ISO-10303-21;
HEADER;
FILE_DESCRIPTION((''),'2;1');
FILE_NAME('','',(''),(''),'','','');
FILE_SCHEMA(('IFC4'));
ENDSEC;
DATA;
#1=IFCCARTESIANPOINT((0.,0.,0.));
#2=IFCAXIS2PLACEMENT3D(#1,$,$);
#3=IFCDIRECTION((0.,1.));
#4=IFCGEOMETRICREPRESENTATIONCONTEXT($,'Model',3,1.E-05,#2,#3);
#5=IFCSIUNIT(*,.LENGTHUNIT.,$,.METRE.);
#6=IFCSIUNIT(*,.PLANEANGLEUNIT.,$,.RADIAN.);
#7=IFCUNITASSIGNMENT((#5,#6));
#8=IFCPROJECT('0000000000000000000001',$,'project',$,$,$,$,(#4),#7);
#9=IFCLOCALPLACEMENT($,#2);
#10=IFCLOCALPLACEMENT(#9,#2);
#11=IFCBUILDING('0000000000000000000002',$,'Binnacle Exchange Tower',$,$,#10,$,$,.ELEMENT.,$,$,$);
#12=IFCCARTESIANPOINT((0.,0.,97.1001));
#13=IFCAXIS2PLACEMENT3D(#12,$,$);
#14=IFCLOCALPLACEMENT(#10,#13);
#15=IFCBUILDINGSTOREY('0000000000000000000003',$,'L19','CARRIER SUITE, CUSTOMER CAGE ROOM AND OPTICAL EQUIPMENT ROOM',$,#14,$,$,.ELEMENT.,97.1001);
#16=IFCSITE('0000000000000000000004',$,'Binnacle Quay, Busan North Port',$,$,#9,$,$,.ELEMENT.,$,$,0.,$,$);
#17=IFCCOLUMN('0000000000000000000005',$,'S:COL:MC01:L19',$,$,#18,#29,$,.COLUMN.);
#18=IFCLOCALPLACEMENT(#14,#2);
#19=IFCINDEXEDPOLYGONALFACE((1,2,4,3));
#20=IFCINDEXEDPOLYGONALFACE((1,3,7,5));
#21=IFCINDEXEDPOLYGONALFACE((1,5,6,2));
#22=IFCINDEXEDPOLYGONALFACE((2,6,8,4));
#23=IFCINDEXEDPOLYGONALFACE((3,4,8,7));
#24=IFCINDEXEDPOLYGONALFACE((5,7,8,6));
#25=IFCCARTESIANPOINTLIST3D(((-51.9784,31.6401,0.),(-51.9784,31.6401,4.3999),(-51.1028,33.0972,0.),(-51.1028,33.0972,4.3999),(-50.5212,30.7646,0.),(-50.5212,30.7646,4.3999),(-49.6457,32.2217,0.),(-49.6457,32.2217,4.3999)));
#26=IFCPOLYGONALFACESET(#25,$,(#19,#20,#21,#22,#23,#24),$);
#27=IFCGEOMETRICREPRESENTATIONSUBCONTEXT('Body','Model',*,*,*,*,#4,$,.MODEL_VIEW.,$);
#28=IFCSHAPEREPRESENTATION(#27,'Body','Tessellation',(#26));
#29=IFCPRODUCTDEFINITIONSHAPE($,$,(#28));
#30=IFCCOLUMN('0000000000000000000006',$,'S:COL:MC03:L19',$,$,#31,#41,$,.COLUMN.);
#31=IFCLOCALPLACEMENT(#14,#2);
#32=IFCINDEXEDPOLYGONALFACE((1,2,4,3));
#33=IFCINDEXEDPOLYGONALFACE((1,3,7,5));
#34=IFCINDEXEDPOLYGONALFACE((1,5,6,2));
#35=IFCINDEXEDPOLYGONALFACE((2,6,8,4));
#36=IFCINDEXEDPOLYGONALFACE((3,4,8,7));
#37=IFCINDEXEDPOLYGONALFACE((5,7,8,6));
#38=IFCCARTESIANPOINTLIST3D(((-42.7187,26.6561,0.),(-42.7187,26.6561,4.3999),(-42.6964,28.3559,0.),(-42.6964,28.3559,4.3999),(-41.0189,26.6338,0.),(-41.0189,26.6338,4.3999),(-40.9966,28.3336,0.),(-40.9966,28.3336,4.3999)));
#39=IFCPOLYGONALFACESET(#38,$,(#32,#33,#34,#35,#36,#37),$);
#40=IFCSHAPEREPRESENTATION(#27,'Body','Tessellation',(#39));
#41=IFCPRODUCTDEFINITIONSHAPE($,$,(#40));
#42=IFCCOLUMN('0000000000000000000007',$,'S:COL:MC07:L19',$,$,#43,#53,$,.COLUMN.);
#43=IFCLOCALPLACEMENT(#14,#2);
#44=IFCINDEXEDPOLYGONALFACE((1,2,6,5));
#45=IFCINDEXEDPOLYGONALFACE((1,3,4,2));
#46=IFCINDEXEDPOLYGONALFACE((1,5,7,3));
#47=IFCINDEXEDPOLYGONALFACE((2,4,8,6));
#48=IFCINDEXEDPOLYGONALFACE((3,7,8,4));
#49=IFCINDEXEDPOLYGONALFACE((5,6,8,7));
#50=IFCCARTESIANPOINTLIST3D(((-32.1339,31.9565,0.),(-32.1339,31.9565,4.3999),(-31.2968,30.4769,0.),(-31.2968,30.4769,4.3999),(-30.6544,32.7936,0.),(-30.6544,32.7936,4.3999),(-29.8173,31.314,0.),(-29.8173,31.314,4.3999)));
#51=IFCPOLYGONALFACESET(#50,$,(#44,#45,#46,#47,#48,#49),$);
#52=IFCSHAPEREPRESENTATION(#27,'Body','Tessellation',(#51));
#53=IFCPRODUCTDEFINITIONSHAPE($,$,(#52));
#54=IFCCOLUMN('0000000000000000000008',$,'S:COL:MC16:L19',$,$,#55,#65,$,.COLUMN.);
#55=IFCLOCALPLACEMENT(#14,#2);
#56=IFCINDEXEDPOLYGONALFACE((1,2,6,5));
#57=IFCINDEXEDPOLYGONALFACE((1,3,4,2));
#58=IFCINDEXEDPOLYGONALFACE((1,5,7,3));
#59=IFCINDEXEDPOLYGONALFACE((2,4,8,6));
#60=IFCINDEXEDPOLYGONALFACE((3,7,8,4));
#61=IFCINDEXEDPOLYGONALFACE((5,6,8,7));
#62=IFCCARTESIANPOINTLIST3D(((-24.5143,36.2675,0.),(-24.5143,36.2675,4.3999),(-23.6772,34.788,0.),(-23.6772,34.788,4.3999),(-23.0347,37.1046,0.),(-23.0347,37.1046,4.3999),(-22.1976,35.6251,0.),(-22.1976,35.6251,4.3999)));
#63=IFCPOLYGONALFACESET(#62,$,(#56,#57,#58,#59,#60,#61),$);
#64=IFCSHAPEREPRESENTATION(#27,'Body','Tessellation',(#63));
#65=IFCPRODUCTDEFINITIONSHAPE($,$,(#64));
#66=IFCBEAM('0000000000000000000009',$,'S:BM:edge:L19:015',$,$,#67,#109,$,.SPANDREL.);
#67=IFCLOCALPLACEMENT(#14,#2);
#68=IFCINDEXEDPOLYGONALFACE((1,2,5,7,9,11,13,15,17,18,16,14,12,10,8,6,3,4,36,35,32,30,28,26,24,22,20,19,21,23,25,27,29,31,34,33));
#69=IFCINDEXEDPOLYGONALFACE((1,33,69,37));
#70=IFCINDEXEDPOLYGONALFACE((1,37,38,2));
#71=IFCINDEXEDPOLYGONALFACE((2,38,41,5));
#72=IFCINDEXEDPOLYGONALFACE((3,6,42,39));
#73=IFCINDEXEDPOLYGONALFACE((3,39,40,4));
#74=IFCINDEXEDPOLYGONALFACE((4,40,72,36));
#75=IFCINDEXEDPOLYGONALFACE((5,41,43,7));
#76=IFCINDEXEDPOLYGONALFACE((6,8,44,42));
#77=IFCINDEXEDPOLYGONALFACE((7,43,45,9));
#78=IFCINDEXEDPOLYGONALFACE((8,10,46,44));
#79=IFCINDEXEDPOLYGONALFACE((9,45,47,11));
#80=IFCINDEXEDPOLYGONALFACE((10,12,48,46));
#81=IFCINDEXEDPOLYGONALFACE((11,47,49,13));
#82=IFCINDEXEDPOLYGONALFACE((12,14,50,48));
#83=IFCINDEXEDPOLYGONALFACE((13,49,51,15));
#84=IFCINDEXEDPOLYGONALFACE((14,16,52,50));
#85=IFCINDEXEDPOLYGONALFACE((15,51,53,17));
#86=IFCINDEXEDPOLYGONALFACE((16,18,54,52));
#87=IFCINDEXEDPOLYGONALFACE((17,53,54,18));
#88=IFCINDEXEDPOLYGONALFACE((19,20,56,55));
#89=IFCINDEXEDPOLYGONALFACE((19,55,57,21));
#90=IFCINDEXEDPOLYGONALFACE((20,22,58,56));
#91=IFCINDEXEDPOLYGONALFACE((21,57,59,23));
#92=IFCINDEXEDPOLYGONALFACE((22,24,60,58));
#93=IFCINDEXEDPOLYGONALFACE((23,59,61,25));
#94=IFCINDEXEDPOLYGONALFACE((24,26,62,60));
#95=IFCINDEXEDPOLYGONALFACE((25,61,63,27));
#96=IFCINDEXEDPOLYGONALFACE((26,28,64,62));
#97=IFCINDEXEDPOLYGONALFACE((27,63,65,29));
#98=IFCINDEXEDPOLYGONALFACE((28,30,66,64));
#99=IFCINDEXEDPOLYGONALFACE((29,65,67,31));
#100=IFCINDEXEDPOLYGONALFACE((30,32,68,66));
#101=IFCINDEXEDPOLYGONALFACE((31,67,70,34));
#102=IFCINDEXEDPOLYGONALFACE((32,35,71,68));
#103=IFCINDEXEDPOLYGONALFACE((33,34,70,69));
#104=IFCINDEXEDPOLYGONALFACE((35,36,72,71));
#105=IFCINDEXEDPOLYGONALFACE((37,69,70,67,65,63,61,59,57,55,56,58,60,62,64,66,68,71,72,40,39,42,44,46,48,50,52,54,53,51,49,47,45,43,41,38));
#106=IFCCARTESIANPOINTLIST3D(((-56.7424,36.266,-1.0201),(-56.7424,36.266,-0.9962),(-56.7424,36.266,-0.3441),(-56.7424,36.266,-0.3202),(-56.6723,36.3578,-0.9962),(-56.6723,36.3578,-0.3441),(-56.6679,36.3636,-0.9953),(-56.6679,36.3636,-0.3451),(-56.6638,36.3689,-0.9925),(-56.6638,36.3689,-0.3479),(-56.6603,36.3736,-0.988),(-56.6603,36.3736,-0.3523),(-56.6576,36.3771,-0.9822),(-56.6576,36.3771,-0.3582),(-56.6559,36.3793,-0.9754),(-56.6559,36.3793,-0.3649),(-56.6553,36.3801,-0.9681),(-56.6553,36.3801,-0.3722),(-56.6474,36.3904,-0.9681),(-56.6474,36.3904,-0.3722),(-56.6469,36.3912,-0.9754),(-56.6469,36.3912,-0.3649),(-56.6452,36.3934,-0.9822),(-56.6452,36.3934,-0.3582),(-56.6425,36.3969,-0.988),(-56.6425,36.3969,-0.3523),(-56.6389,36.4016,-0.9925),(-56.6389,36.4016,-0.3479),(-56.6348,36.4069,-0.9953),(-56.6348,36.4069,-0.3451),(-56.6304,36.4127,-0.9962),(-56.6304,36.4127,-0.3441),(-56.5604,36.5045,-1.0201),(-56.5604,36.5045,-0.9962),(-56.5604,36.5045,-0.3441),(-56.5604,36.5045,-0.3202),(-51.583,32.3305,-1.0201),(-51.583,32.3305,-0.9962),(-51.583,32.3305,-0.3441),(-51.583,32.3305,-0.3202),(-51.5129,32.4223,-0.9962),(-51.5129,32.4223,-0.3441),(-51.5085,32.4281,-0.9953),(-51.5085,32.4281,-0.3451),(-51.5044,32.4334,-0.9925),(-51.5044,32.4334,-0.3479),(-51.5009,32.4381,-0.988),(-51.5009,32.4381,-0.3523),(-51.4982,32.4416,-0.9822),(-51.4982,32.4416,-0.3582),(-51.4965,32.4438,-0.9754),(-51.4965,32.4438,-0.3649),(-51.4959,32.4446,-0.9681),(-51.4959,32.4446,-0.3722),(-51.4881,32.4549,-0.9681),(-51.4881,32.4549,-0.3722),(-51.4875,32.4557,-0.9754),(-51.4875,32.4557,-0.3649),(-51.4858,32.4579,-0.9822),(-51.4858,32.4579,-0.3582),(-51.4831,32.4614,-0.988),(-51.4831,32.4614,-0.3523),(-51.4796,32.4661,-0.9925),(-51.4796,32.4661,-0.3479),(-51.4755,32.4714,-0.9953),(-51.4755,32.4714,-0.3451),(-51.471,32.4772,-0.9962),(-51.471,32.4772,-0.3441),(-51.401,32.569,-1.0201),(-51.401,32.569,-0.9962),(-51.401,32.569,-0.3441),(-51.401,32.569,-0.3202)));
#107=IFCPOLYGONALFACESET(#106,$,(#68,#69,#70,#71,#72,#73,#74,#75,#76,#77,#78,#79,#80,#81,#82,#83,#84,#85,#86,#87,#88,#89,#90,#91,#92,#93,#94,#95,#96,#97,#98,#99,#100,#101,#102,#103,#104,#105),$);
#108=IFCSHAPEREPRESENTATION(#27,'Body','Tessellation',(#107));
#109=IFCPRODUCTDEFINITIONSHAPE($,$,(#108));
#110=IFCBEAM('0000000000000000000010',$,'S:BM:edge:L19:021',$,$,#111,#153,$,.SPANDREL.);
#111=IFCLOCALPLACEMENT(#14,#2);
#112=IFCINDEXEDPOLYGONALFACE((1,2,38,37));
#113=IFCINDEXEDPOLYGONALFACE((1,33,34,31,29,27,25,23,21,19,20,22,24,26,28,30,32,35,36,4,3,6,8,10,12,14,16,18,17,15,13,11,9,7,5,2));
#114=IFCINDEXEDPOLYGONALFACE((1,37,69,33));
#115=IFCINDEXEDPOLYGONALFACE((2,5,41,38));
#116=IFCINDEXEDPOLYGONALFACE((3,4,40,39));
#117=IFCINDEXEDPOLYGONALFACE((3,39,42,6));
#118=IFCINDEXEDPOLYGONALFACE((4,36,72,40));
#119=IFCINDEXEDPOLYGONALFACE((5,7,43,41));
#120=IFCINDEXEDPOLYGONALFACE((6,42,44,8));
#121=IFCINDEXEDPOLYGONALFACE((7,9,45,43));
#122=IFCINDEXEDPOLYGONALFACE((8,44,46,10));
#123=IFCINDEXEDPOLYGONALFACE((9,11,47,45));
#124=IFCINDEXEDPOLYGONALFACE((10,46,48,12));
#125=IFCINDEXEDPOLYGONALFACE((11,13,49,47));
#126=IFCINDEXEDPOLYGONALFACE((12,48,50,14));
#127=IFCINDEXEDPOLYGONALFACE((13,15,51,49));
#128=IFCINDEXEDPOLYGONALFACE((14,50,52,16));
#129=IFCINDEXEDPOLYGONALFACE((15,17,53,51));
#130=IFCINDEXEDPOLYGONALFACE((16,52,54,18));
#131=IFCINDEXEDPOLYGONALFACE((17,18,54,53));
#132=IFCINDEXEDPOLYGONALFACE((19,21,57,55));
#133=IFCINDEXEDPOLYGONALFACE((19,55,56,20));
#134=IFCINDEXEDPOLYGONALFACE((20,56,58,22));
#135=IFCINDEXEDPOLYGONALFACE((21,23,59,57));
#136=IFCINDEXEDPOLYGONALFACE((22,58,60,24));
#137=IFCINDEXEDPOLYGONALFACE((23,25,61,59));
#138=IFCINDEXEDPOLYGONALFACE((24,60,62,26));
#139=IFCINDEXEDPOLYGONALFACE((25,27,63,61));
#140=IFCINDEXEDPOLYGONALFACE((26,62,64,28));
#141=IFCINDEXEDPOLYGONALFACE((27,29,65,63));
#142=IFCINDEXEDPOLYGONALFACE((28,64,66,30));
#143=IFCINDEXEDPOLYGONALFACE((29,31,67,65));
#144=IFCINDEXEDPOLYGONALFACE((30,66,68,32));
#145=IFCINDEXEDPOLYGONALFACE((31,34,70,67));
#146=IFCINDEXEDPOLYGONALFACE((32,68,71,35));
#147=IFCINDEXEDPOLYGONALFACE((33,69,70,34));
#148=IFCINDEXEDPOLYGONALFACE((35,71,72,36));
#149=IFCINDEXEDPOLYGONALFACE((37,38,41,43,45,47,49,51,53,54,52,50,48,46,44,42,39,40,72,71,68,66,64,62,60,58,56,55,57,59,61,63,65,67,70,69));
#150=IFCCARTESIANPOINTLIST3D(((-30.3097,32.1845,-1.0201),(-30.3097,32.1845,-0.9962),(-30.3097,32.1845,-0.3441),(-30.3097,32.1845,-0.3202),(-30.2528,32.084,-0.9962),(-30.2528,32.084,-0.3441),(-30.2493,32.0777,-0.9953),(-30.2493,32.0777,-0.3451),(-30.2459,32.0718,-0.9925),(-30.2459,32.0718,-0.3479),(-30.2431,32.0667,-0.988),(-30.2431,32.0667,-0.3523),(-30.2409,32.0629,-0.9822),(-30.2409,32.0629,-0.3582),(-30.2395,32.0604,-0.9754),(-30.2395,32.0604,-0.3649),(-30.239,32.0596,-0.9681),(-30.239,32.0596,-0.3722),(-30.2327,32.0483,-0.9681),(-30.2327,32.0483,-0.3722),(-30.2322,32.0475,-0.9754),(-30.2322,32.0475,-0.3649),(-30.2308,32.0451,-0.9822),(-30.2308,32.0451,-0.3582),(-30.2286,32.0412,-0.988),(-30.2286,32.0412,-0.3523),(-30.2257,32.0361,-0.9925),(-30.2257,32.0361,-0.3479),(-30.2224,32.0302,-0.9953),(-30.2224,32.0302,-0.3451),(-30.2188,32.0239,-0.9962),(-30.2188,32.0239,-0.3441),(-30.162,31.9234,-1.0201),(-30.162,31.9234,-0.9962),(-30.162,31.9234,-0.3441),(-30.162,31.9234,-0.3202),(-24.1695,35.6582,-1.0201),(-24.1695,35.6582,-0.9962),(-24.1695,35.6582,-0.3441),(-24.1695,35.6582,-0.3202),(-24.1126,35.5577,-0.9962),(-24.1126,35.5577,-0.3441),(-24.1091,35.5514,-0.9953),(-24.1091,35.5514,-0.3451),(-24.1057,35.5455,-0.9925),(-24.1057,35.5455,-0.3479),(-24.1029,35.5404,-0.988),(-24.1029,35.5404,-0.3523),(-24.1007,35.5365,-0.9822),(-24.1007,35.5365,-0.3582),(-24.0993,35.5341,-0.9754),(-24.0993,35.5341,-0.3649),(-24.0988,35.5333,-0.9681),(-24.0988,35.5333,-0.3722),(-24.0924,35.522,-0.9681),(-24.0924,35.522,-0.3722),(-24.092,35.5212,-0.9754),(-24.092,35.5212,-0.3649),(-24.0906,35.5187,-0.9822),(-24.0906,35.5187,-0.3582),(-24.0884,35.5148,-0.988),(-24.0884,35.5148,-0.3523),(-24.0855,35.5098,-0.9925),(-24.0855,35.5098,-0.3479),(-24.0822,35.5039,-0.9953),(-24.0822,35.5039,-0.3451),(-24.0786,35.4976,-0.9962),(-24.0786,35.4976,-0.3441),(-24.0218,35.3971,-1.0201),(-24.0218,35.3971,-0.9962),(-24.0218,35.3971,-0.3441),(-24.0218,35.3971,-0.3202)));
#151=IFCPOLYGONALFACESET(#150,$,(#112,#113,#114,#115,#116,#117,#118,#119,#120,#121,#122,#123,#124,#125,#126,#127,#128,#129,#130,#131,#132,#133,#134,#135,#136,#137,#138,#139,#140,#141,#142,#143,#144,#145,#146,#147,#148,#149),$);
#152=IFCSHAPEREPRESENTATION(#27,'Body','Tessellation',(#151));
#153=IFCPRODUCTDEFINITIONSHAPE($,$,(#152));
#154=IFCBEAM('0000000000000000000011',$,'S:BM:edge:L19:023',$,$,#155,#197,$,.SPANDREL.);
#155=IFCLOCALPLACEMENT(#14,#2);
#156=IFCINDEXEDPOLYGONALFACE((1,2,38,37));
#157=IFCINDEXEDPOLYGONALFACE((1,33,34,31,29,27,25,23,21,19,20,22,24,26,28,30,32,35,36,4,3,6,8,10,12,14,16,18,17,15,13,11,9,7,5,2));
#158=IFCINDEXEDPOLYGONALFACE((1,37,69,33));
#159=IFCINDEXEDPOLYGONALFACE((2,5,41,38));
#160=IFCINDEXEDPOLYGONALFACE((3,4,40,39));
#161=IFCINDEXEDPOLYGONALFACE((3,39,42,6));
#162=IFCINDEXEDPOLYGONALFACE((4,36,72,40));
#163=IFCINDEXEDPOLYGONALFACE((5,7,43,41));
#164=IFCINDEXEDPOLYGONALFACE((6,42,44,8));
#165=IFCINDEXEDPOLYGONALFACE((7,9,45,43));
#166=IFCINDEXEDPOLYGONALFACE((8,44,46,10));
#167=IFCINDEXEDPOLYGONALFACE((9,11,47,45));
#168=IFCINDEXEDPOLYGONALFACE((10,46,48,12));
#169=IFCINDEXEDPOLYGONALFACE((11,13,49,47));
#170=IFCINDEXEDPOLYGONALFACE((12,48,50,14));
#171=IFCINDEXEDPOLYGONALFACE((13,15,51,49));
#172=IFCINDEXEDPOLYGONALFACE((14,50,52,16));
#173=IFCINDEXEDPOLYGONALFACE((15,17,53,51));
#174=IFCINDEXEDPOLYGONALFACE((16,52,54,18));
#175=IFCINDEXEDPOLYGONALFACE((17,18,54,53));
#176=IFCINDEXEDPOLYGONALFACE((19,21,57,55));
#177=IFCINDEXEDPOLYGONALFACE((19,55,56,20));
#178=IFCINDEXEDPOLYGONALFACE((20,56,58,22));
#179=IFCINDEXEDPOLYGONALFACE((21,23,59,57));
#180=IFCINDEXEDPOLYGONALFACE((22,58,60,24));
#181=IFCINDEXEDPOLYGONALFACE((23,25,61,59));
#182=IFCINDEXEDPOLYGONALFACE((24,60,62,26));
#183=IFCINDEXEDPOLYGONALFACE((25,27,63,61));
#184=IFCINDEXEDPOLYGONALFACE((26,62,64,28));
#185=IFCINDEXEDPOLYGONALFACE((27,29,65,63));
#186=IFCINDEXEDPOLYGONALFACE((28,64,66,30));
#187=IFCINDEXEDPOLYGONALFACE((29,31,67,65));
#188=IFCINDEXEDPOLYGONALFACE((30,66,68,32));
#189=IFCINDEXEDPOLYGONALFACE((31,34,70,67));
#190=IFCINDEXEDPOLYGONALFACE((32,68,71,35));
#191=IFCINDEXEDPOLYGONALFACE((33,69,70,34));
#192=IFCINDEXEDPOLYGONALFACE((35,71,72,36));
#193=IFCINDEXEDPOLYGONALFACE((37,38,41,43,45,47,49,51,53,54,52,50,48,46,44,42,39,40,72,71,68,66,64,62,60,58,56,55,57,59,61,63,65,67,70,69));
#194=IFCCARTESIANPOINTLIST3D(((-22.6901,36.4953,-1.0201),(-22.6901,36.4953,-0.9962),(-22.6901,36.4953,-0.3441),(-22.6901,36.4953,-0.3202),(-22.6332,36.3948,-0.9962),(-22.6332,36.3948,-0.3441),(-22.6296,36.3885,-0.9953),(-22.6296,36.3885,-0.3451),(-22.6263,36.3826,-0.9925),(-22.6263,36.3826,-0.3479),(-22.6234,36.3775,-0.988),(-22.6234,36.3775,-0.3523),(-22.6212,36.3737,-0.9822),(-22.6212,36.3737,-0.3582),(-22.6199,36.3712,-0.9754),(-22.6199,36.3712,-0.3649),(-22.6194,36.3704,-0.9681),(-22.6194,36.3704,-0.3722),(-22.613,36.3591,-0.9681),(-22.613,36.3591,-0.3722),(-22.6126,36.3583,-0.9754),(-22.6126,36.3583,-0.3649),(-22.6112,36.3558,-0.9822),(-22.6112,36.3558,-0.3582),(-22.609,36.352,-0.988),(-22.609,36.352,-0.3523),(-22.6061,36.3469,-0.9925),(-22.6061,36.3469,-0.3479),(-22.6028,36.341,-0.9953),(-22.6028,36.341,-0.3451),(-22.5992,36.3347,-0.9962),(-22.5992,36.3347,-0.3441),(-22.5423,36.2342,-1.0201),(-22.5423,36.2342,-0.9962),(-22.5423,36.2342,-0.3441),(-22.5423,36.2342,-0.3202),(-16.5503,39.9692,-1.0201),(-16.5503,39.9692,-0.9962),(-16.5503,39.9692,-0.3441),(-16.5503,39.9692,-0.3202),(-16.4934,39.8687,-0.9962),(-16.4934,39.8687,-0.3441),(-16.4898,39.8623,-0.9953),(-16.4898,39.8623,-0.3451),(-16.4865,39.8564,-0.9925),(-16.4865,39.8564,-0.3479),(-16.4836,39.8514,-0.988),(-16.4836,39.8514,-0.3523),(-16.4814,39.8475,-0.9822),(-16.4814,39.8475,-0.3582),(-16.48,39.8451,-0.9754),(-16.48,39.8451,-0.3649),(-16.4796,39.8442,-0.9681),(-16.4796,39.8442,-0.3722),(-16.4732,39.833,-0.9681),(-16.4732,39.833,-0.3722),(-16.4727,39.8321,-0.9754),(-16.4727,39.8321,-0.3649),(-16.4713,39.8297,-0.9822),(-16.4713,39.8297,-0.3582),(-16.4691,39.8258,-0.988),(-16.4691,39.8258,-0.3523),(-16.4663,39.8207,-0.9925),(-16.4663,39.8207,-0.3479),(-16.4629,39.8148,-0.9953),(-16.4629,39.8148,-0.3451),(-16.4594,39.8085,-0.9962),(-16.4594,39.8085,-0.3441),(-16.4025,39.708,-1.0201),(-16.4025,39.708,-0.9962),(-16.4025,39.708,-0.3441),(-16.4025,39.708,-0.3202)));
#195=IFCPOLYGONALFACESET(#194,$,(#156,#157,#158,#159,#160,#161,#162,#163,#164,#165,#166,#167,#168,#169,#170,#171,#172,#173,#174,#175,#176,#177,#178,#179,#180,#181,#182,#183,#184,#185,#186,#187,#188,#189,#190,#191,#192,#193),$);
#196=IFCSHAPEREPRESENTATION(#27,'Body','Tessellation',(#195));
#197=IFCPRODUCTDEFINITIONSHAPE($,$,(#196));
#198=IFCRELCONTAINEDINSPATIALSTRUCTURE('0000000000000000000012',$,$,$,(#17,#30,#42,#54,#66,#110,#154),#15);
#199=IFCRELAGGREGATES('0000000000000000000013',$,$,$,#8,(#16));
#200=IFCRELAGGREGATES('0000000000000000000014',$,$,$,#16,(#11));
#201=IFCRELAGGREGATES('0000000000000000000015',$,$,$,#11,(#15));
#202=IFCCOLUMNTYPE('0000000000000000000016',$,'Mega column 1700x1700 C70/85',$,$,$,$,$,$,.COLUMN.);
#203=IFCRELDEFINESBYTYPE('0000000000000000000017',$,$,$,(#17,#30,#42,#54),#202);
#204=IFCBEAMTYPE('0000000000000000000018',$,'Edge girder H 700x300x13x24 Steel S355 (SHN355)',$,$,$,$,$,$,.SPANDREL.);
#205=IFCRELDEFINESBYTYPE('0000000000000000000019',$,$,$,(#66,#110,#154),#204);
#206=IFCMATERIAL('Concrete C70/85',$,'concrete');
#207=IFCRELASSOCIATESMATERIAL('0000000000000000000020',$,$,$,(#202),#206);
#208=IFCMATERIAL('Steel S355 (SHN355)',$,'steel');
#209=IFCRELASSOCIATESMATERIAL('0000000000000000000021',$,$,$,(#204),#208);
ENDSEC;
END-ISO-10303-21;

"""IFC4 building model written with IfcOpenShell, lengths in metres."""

from ifc_helpers import new_model, si_unit, direction, frame, origin, origin_2d, place, context, subcontext, project, spatial, rectangle, i_section, extrude, material, material_profile, profile_set, type_object, element, save


model = new_model("IFC4")

# Units and contexts
model_context = context("Model", 3, precision=1e-05, world=origin(), true_north=direction((0.0, 1.0)))
body_context = subcontext(model_context, "Body", "Model", "MODEL_VIEW")
ifc_project = project(units=[si_unit("LENGTHUNIT", "METRE"), si_unit("PLANEANGLEUNIT", "RADIAN")], contexts=[model_context])

# Site, building, storey
site_placement = place(None, origin())
site = spatial("IfcSite", under=ifc_project, at=site_placement, Name="Binnacle Quay, Busan North Port", CompositionType="ELEMENT", RefElevation=0.0)
building_placement = place(site_placement, origin())
building = spatial("IfcBuilding", under=site, at=building_placement, Name="Binnacle Exchange Tower", CompositionType="ELEMENT")
storey_placement = place(building_placement, frame((0.0, 0.0, 97.1001)))
storey = spatial("IfcBuildingStorey", under=building, at=storey_placement, Name="L19", Description="CARRIER SUITE, CUSTOMER CAGE ROOM AND OPTICAL EQUIPMENT ROOM", CompositionType="ELEMENT", Elevation=97.1001)

# Columns
ifc_material_1 = material(Name="Concrete C70/85", Category="concrete")
ifc_material_profile_1 = material_profile(ifc_material_1, rectangle(XDim=1.7, YDim=1.7, at=origin_2d()), Name="Mega column 1700x1700 C70/85")
ifc_profile_set_1 = profile_set([ifc_material_profile_1], Name="Concrete C70/85")
column_type = type_object("IfcColumnType", Name="Mega column 1700x1700 C70/85", PredefinedType="COLUMN", material=ifc_profile_set_1)
for number, where, z_axis, x_axis, name in (
    (1, (-50.812, 31.9309, 0.0), (0.0, 0.0, 1.0), (0.857167, -0.515038, 0.0), "S:COL:MC01:L19"),
    (2, (-41.8577, 27.4949, 0.0), (0.0, 0.0, 1.0), (0.999914, -0.01309, 0.0), "S:COL:MC03:L19"),
    (3, (-30.9756, 31.6353, 0.0), (0.0, 0.0, 1.0), (0.870356, 0.492424, 0.0), "S:COL:MC07:L19"),
    (4, (-23.356, 35.9463, 0.0), (0.0, 0.0, 1.0), (0.870356, 0.492424, 0.0), "S:COL:MC16:L19"),
):
    element("IfcColumn", number, at=place(storey_placement, frame(where, z_axis=z_axis, x_axis=x_axis)), inside=storey, type_object=column_type, Name=name, PredefinedType="COLUMN", context=body_context, shape_type="SweptSolid", body=[
        extrude(rectangle(XDim=1.7, YDim=1.7, at=origin_2d()), origin(), (0.0, 0.0, 1.0), 4.3999),
    ])

# Beams
ifc_material_2 = material(Name="Steel S355 (SHN355)", Category="steel")
ifc_material_profile_2 = material_profile(ifc_material_2, i_section(OverallWidth=0.3, OverallDepth=0.7, WebThickness=0.0129, FlangeThickness=0.0239, FilletRadius=0.0281, at=origin_2d()), Name="H 700x300x13x24")
ifc_profile_set_2 = profile_set([ifc_material_profile_2], Name="Steel S355 (SHN355)")
beam_type_1 = type_object("IfcBeamType", Name="Edge girder H 700x300x13x24 Steel S355 (SHN355)", PredefinedType="SPANDREL", material=ifc_profile_set_2)
beam_1_placement = place(storey_placement, frame((-56.6514, 36.3853, -0.6702), z_axis=(0.795093, -0.606487, 0.0), x_axis=(0.606487, 0.795093, 0.0)))
element("IfcBeam", 5, at=beam_1_placement, inside=storey, type_object=beam_type_1, Name="S:BM:edge:L19:015", PredefinedType="SPANDREL", context=body_context, shape_type="SweptSolid", body=[
    extrude(i_section(OverallWidth=0.3, OverallDepth=0.7, WebThickness=0.0129, FlangeThickness=0.0239, FilletRadius=0.0281, at=origin_2d()), origin(), (0.0, 0.0, 1.0), 6.489),
])
beam_2_placement = place(storey_placement, frame((-30.2358, 32.054, -0.6702), z_axis=(0.870373, 0.492392, 0.0), x_axis=(-0.492392, 0.870373, 0.0)))
element("IfcBeam", 6, at=beam_2_placement, inside=storey, type_object=beam_type_1, Name="S:BM:edge:L19:021", PredefinedType="SPANDREL", context=body_context, shape_type="SweptSolid", body=[
    extrude(i_section(OverallWidth=0.3, OverallDepth=0.7, WebThickness=0.0129, FlangeThickness=0.0239, FilletRadius=0.0281, at=origin_2d()), origin(), (0.0, 0.0, 1.0), 7.0547),
])
beam_3_placement = place(storey_placement, frame((-22.6162, 36.3647, -0.6702), z_axis=(0.87035, 0.492434, 0.0), x_axis=(-0.492434, 0.87035, 0.0)))
element("IfcBeam", 7, at=beam_3_placement, inside=storey, type_object=beam_type_1, Name="S:BM:edge:L19:023", PredefinedType="SPANDREL", context=body_context, shape_type="SweptSolid", body=[
    extrude(i_section(OverallWidth=0.3, OverallDepth=0.7, WebThickness=0.0129, FlangeThickness=0.0239, FilletRadius=0.0281, at=origin_2d()), origin(), (0.0, 0.0, 1.0), 7.0544),
])

save(model, "model.ifc")
